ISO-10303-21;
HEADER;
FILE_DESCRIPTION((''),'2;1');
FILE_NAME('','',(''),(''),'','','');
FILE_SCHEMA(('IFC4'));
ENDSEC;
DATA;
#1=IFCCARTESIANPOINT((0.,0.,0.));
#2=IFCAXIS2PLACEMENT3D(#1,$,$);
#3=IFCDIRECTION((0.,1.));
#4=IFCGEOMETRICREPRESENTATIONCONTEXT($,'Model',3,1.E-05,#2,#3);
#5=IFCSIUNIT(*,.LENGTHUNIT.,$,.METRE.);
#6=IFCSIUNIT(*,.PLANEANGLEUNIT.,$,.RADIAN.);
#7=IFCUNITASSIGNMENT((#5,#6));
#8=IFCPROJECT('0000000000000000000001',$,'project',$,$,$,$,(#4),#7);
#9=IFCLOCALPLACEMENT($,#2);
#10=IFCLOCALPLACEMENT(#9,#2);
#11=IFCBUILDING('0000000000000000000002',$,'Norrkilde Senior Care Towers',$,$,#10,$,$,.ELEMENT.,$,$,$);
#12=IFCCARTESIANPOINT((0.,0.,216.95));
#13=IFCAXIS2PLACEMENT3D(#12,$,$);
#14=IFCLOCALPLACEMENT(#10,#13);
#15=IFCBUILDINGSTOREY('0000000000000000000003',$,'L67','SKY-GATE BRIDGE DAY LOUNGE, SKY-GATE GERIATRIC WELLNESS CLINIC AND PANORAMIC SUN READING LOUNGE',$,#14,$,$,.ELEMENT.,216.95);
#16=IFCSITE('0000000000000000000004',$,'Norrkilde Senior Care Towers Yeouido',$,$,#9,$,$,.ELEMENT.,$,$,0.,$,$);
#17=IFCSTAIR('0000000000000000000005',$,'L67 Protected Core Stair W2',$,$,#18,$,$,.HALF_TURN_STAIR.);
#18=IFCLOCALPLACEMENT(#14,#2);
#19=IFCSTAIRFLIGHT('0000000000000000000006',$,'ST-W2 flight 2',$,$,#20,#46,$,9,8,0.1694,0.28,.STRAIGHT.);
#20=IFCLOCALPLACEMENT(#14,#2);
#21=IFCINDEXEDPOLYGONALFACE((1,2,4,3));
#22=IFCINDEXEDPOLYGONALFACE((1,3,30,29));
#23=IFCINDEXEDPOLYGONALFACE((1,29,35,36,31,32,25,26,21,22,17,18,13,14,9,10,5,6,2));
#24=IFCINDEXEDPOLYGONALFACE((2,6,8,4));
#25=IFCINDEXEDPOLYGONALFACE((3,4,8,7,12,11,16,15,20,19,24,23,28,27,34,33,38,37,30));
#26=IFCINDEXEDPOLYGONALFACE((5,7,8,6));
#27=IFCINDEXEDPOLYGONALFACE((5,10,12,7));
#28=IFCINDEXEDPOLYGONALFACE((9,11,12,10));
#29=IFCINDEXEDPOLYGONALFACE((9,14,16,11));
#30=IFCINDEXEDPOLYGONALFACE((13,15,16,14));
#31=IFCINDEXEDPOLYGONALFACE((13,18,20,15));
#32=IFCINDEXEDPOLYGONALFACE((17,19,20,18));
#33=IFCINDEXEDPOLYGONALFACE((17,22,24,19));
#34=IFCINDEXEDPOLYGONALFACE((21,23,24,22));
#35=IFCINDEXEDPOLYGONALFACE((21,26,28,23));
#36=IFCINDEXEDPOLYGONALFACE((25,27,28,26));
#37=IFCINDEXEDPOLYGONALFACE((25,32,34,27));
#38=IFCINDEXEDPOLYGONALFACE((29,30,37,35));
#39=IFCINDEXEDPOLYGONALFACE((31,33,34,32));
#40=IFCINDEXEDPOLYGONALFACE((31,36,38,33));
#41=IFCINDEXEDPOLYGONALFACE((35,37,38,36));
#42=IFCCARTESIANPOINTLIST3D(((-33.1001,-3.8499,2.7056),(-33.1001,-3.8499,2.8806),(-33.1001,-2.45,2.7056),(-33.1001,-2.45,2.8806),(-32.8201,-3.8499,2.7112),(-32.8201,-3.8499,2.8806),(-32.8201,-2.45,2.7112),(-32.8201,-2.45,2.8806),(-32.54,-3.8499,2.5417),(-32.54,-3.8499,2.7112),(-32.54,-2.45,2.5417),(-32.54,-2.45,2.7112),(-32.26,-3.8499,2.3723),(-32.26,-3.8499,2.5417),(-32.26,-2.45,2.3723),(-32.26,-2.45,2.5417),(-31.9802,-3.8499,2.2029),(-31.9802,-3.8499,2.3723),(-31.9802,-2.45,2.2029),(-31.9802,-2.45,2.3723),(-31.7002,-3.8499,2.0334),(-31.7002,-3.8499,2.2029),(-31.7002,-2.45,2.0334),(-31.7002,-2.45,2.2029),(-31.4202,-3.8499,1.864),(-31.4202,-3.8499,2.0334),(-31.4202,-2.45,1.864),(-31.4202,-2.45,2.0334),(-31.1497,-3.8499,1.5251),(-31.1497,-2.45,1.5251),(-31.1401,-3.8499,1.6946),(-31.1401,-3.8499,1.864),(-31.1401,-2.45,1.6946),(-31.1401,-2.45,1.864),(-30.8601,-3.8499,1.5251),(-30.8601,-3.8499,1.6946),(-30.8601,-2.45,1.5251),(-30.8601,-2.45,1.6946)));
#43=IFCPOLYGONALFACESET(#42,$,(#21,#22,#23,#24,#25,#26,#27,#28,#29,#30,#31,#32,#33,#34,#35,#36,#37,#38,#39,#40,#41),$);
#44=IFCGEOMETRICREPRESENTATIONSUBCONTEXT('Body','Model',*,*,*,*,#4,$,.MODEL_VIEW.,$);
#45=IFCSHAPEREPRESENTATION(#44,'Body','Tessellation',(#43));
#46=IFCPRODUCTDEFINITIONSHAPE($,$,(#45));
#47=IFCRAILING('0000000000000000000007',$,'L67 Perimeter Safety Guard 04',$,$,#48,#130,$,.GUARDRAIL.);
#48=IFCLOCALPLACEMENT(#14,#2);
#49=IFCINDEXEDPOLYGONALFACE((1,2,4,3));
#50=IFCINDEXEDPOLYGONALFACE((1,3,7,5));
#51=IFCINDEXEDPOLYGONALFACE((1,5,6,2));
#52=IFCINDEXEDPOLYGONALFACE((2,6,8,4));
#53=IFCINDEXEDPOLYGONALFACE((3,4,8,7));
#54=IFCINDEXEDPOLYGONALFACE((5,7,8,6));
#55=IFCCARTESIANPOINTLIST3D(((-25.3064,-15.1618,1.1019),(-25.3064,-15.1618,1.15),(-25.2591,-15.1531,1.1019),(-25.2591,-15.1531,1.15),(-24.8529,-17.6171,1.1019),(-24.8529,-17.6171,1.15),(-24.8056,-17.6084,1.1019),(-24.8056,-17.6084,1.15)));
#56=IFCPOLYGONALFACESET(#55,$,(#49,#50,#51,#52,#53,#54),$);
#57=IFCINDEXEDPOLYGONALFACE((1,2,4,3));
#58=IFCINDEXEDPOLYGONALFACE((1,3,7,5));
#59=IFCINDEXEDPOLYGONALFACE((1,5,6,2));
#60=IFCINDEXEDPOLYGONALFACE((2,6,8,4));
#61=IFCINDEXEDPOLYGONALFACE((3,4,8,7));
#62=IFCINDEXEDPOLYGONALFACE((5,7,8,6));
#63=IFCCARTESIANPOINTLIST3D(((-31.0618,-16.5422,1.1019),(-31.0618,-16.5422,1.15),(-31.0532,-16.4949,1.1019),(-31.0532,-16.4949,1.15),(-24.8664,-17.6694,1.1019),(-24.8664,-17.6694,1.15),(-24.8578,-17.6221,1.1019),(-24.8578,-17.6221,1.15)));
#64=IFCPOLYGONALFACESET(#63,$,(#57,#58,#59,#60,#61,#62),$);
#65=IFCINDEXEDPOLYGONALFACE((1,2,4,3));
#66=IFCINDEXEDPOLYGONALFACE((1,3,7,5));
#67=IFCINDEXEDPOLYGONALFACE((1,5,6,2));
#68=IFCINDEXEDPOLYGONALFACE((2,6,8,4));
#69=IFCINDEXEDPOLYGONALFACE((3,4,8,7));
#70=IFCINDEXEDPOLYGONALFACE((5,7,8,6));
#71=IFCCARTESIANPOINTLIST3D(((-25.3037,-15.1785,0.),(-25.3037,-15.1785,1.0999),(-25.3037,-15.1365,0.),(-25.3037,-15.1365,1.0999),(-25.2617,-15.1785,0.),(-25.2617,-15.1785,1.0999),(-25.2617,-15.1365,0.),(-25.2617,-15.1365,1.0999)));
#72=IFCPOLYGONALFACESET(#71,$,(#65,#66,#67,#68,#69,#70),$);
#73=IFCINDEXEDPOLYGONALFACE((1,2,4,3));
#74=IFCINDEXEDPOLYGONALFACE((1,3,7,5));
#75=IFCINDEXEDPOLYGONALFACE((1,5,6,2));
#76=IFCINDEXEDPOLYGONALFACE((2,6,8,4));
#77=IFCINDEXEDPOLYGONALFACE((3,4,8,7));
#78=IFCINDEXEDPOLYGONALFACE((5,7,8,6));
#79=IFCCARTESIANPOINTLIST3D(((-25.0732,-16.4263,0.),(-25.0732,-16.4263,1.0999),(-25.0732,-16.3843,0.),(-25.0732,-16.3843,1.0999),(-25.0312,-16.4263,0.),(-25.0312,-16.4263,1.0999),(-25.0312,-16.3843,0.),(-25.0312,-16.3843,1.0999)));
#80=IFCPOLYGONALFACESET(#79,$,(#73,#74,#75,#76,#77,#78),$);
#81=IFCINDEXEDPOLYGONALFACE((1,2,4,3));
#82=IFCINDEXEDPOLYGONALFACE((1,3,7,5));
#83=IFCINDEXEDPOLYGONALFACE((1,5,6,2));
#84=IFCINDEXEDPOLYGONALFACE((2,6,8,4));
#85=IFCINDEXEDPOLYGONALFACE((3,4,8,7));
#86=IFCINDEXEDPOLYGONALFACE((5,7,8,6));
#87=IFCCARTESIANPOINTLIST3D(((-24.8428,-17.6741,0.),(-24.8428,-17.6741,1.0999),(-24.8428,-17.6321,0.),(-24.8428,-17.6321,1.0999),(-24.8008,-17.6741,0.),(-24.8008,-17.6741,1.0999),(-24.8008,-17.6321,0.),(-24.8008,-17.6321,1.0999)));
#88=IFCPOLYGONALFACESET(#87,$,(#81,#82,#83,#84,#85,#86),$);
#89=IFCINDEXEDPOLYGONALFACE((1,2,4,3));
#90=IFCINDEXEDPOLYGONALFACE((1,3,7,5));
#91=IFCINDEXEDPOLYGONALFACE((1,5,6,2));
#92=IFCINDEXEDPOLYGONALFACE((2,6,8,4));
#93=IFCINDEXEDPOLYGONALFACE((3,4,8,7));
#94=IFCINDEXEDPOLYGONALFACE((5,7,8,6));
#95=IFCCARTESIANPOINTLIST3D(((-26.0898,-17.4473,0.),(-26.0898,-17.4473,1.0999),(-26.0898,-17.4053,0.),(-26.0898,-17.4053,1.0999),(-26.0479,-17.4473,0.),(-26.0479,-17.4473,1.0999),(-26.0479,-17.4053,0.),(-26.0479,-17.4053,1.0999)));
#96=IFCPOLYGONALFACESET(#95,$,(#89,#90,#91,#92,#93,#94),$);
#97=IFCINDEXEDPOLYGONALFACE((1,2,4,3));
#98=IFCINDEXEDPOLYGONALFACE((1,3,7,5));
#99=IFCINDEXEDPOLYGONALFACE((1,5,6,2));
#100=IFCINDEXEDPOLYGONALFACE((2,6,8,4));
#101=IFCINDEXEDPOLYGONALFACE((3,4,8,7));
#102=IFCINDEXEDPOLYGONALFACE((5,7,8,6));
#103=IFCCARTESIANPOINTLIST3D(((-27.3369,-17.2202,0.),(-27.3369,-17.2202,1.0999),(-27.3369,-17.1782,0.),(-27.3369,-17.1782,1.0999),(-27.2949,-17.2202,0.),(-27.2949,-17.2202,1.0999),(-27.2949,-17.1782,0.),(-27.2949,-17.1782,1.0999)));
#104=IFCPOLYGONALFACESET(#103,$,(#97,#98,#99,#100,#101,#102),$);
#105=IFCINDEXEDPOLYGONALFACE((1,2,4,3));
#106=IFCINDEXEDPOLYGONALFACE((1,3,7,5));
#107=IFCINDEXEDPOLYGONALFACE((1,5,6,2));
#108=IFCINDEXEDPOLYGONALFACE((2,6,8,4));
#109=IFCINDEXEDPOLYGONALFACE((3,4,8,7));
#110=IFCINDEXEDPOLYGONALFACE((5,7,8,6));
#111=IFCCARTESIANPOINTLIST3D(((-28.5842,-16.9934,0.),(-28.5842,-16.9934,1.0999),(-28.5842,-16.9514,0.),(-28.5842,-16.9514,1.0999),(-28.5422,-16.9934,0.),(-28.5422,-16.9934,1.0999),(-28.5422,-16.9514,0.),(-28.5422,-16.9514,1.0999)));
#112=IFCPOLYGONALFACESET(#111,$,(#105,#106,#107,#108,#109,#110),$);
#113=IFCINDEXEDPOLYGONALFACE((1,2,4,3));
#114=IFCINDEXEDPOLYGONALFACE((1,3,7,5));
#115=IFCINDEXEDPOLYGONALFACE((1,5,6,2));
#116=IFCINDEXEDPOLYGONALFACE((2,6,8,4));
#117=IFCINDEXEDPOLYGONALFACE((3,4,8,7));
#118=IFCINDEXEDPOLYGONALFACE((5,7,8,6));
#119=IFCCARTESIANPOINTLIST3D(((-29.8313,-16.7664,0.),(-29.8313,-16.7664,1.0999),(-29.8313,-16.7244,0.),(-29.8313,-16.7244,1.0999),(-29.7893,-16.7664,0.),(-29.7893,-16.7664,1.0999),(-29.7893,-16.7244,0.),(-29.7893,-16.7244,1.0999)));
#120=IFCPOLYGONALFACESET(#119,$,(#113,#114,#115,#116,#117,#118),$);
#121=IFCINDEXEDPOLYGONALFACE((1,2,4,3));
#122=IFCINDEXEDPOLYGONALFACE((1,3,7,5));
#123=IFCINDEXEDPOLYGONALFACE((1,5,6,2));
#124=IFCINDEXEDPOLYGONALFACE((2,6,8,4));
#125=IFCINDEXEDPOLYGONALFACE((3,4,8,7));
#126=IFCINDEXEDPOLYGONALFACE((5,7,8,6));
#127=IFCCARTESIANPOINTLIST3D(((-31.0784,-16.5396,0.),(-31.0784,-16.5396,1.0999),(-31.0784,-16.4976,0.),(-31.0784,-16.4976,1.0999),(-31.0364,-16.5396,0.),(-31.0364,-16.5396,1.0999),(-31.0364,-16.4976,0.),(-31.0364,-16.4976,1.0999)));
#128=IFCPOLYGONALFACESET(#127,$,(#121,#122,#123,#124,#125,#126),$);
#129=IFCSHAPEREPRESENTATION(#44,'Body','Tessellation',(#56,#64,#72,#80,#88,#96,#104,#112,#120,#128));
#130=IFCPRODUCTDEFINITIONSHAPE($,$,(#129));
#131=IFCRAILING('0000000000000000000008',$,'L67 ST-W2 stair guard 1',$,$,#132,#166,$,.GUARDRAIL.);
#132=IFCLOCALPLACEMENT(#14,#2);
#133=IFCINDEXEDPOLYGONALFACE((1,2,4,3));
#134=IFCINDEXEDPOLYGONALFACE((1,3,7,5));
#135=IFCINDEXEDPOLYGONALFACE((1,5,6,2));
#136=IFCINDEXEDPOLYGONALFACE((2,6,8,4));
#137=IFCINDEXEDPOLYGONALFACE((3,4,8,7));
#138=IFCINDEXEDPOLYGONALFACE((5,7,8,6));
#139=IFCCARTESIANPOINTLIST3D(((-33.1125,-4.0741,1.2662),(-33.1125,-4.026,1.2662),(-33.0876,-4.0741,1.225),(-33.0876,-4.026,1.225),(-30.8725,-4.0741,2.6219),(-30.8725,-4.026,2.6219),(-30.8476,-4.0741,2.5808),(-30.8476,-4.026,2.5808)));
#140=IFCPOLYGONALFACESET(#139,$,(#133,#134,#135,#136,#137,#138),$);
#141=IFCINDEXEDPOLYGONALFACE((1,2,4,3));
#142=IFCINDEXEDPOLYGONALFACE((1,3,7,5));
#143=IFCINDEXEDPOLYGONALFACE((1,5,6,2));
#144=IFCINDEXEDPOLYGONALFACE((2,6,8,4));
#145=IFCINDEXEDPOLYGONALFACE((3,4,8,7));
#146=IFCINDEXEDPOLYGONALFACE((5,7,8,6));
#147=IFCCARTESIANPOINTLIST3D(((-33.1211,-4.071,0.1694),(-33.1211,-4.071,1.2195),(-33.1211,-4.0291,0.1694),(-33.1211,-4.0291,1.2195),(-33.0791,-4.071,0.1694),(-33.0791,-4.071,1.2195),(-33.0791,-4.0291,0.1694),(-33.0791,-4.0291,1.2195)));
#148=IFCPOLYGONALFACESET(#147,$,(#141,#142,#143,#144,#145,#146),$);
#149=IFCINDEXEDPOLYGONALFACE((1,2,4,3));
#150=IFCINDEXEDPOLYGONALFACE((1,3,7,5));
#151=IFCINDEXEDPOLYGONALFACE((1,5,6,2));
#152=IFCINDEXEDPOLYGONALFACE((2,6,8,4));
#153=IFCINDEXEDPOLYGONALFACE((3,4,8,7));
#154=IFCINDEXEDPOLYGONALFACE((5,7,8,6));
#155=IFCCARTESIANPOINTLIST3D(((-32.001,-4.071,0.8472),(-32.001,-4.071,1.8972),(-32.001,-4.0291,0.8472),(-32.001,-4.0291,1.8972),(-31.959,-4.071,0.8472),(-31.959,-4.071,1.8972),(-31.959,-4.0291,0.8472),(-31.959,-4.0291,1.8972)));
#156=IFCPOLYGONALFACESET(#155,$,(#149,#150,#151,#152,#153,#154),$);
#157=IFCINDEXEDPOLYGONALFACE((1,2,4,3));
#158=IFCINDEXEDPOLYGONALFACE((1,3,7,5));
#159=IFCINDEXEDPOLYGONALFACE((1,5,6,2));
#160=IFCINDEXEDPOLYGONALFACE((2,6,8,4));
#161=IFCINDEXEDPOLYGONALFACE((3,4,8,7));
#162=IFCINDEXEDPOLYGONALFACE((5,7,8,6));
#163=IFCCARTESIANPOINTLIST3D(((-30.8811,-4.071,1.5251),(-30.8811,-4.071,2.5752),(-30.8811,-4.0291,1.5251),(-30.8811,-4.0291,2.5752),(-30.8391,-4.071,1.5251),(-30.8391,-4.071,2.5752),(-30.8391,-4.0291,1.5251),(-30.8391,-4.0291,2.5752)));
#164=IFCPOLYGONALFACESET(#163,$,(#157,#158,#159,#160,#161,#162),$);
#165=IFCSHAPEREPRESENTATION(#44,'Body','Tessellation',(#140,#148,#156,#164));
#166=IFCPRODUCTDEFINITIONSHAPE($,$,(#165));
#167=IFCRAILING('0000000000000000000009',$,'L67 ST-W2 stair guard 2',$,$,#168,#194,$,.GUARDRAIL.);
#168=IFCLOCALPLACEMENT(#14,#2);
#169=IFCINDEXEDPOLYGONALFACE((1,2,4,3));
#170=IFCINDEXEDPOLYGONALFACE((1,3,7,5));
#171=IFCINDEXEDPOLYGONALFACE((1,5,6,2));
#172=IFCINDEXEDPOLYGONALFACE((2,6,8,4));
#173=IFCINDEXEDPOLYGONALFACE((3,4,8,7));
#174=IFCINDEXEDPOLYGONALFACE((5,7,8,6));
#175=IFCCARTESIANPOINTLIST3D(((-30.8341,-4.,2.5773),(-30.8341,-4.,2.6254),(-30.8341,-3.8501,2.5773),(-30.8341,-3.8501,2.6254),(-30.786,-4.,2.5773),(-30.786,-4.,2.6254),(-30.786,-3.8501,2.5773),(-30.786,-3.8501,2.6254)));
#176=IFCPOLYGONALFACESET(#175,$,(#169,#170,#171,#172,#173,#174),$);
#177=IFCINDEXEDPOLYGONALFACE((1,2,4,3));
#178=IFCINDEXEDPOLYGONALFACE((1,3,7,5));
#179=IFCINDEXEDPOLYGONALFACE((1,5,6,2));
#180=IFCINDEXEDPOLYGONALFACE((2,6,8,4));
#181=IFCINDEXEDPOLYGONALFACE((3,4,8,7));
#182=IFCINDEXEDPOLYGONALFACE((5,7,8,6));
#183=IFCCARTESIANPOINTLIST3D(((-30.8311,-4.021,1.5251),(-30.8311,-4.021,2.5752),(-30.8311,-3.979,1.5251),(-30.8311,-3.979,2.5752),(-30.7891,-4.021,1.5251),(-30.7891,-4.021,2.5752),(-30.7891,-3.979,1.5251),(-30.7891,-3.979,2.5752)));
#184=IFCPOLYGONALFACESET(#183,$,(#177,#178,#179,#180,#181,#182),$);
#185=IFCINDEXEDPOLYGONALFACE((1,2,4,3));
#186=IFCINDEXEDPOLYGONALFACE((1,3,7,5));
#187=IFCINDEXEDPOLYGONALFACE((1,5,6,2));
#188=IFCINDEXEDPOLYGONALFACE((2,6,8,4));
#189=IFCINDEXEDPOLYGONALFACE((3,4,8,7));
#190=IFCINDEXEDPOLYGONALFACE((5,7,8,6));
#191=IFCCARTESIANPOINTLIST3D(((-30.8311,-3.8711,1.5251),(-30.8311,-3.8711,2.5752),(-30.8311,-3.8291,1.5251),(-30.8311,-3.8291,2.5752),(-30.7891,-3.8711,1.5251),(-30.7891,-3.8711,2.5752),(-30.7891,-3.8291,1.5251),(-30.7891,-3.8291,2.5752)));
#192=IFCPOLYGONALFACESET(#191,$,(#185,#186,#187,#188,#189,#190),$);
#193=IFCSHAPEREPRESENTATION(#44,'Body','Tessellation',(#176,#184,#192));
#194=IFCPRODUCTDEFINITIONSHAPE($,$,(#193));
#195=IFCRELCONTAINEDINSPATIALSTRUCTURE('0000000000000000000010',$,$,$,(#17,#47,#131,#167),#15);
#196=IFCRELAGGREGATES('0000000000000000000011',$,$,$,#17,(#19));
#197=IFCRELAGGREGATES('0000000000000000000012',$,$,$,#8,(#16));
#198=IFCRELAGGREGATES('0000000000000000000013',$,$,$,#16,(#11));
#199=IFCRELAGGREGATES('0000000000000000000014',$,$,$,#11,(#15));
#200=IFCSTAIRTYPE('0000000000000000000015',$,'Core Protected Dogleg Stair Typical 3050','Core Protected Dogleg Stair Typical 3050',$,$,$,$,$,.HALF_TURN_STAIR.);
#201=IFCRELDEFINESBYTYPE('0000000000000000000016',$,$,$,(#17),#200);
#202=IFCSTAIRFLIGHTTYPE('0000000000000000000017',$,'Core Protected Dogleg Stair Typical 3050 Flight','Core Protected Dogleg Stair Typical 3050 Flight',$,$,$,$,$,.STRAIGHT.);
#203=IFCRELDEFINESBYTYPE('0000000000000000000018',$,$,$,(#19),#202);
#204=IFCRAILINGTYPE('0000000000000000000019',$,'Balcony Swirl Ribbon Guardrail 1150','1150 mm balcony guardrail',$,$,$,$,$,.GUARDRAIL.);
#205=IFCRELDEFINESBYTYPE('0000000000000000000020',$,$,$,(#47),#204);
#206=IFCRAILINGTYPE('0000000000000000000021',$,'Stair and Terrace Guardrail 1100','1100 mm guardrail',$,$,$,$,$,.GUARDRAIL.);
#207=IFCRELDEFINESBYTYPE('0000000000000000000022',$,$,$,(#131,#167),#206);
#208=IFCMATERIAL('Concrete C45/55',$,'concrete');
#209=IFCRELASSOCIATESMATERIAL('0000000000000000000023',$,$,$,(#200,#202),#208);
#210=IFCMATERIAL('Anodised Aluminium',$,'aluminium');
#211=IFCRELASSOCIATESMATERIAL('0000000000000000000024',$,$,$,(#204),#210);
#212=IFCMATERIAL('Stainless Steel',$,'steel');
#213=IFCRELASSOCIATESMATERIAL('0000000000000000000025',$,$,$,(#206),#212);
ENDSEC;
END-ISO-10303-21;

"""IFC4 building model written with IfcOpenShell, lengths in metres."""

from ifc_helpers import new_model, si_unit, direction, frame, origin, origin_2d, place, context, subcontext, project, spatial, polyline, rectangle, outline, extrude, material, type_object, element, aggregate, save


model = new_model("IFC4")

# Units and contexts
model_context = context("Model", 3, precision=1e-05, world=origin(), true_north=direction((0.0, 1.0)))
body_context = subcontext(model_context, "Body", "Model", "MODEL_VIEW")
ifc_project = project(units=[si_unit("LENGTHUNIT", "METRE"), si_unit("PLANEANGLEUNIT", "RADIAN")], contexts=[model_context])

# Site, building, storey
site_placement = place(None, origin())
site = spatial("IfcSite", under=ifc_project, at=site_placement, Name="Norrkilde Senior Care Towers Yeouido", CompositionType="ELEMENT", RefElevation=0.0)
building_placement = place(site_placement, origin())
building = spatial("IfcBuilding", under=site, at=building_placement, Name="Norrkilde Senior Care Towers", CompositionType="ELEMENT")
storey_placement = place(building_placement, frame((0.0, 0.0, 216.95)))
storey = spatial("IfcBuildingStorey", under=building, at=storey_placement, Name="L67", Description="SKY-GATE BRIDGE DAY LOUNGE, SKY-GATE GERIATRIC WELLNESS CLINIC AND PANORAMIC SUN READING LOUNGE", CompositionType="ELEMENT", Elevation=216.95)

# Shared definitions
ifc_material_1 = material(Name="Anodised Aluminium", Category="aluminium")

# Shared definitions
ifc_material_2 = material(Name="Concrete C45/55", Category="concrete")

# Shared definitions
ifc_material_3 = material(Name="Stainless Steel", Category="steel")

# Stair, stair flight
stair_type = type_object("IfcStairType", Name="Core Protected Dogleg Stair Typical 3050", Description="Core Protected Dogleg Stair Typical 3050", PredefinedType="HALF_TURN_STAIR", material=ifc_material_2)
stair_placement = place(storey_placement, origin())
stair = element("IfcStair", 1, at=stair_placement, inside=storey, type_object=stair_type, Name="L67 Protected Core Stair W2", PredefinedType="HALF_TURN_STAIR")
stair_flight_type = type_object("IfcStairFlightType", Name="Core Protected Dogleg Stair Typical 3050 Flight", Description="Core Protected Dogleg Stair Typical 3050 Flight", PredefinedType="STRAIGHT", material=ifc_material_2)
stair_flight_1_placement = place(storey_placement, frame((-30.8601, -3.1499, 1.5251), z_axis=(0.0, 0.0, 1.0), x_axis=(-1.0, 0.0, 0.0)))
stair_flight_1 = element("IfcStairFlight", 2, at=stair_flight_1_placement, type_object=stair_flight_type, Name="ST-W2 flight 2", NumberOfRisers=9, NumberOfTreads=8, PredefinedType="STRAIGHT", RiserHeight=0.1694, TreadLength=0.28, context=body_context, shape_type="SweptSolid", body=[
    extrude(outline(polyline([(0.0, 0.0), (0.0, 0.1694), (0.28, 0.1694), (0.28, 0.3389), (0.5601, 0.3389), (0.5601, 0.5083), (0.8401, 0.5083), (0.8401, 0.6777), (1.1201, 0.6777), (1.1201, 0.8472), (1.3999, 0.8472), (1.3999, 1.0166), (1.6799, 1.0166), (1.6799, 1.186), (1.96, 1.186), (1.96, 1.3555), (2.24, 1.3555), (2.24, 1.5249), (2.24, 1.1804), (0.2896, 0.0), (0.0, 0.0)])), frame((0.0, 0.7, 0.0), z_axis=(0.0, -1.0, 0.0), x_axis=(1.0, 0.0, 0.0)), (0.0, 0.0, 1.0), 1.3999),
])
aggregate(stair, [stair_flight_1])

# Railings
railing_type_1 = type_object("IfcRailingType", Name="Balcony Swirl Ribbon Guardrail 1150", Description="1150 mm balcony guardrail", PredefinedType="GUARDRAIL", material=ifc_material_1)
railing_1_placement = place(storey_placement, frame((-25.2827, -15.1575, 0.0)))
element("IfcRailing", 3, at=railing_1_placement, inside=storey, type_object=railing_type_1, Name="L67 Perimeter Safety Guard 04", PredefinedType="GUARDRAIL", context=body_context, shape_type="SweptSolid", body=[
    extrude(rectangle(XDim=0.0481, YDim=0.0481, at=origin_2d()), frame((0.0, 0.0, 1.126), z_axis=(0.181628, -0.983367, 0.0), x_axis=(0.983367, 0.181628, 0.0)), (0.0, 0.0, 1.0), 2.4968),
    extrude(rectangle(XDim=0.0481, YDim=0.0481, at=origin_2d()), frame((0.4207, -2.4883, 1.126), z_axis=(-0.983848, 0.179004, 0.0), x_axis=(-0.179004, -0.983848, 0.0)), (0.0, 0.0, 1.0), 6.2971),
    extrude(rectangle(XDim=0.042, YDim=0.042, at=origin_2d()), origin(), (0.0, 0.0, 1.0), 1.0999),
    extrude(rectangle(XDim=0.042, YDim=0.042, at=origin_2d()), frame((0.2305, -1.2478, 0.0)), (0.0, 0.0, 1.0), 1.0999),
    extrude(rectangle(XDim=0.042, YDim=0.042, at=origin_2d()), frame((0.4609, -2.4956, 0.0)), (0.0, 0.0, 1.0), 1.0999),
    extrude(rectangle(XDim=0.042, YDim=0.042, at=origin_2d()), frame((-0.7861, -2.2688, 0.0)), (0.0, 0.0, 1.0), 1.0999),
    extrude(rectangle(XDim=0.042, YDim=0.042, at=origin_2d()), frame((-2.0332, -2.0417, 0.0)), (0.0, 0.0, 1.0), 1.0999),
    extrude(rectangle(XDim=0.042, YDim=0.042, at=origin_2d()), frame((-3.2805, -1.8149, 0.0)), (0.0, 0.0, 1.0), 1.0999),
    extrude(rectangle(XDim=0.042, YDim=0.042, at=origin_2d()), frame((-4.5276, -1.5879, 0.0)), (0.0, 0.0, 1.0), 1.0999),
    extrude(rectangle(XDim=0.042, YDim=0.042, at=origin_2d()), frame((-5.7747, -1.3611, 0.0)), (0.0, 0.0, 1.0), 1.0999),
])
railing_type_2 = type_object("IfcRailingType", Name="Stair and Terrace Guardrail 1100", Description="1100 mm guardrail", PredefinedType="GUARDRAIL", material=ifc_material_3)
railing_2_placement = place(storey_placement, frame((-33.1001, -4.05, 0.1694)))
element("IfcRailing", 4, at=railing_2_placement, inside=storey, type_object=railing_type_2, Name="L67 ST-W2 stair guard 1", PredefinedType="GUARDRAIL", context=body_context, shape_type="SweptSolid", body=[
    extrude(rectangle(XDim=0.0481, YDim=0.0481, at=origin_2d()), frame((0.0, 0.0, 1.0762), z_axis=(0.855512, 0.0, 0.517783), x_axis=(0.0, 1.0, 0.0)), (0.0, 0.0, 1.0), 2.6184),
    extrude(rectangle(XDim=0.042, YDim=0.042, at=origin_2d()), origin(), (0.0, 0.0, 1.0), 1.05),
    extrude(rectangle(XDim=0.042, YDim=0.042, at=origin_2d()), frame((1.1201, 0.0, 0.6777)), (0.0, 0.0, 1.0), 1.05),
    extrude(rectangle(XDim=0.042, YDim=0.042, at=origin_2d()), frame((2.24, 0.0, 1.3557)), (0.0, 0.0, 1.0), 1.05),
])
railing_3_placement = place(storey_placement, frame((-30.8101, -4.0, 1.5251)))
element("IfcRailing", 5, at=railing_3_placement, inside=storey, type_object=railing_type_2, Name="L67 ST-W2 stair guard 2", PredefinedType="GUARDRAIL", context=body_context, shape_type="SweptSolid", body=[
    extrude(rectangle(XDim=0.0481, YDim=0.0481, at=origin_2d()), frame((0.0, 0.0, 1.0762), z_axis=(0.0, 1.0, 0.0), x_axis=(-1.0, 0.0, 0.0)), (0.0, 0.0, 1.0), 0.1499),
    extrude(rectangle(XDim=0.042, YDim=0.042, at=origin_2d()), origin(), (0.0, 0.0, 1.0), 1.05),
    extrude(rectangle(XDim=0.042, YDim=0.042, at=origin_2d()), frame((0.0, 0.1499, 0.0)), (0.0, 0.0, 1.0), 1.05),
])

save(model, "model.ifc")
